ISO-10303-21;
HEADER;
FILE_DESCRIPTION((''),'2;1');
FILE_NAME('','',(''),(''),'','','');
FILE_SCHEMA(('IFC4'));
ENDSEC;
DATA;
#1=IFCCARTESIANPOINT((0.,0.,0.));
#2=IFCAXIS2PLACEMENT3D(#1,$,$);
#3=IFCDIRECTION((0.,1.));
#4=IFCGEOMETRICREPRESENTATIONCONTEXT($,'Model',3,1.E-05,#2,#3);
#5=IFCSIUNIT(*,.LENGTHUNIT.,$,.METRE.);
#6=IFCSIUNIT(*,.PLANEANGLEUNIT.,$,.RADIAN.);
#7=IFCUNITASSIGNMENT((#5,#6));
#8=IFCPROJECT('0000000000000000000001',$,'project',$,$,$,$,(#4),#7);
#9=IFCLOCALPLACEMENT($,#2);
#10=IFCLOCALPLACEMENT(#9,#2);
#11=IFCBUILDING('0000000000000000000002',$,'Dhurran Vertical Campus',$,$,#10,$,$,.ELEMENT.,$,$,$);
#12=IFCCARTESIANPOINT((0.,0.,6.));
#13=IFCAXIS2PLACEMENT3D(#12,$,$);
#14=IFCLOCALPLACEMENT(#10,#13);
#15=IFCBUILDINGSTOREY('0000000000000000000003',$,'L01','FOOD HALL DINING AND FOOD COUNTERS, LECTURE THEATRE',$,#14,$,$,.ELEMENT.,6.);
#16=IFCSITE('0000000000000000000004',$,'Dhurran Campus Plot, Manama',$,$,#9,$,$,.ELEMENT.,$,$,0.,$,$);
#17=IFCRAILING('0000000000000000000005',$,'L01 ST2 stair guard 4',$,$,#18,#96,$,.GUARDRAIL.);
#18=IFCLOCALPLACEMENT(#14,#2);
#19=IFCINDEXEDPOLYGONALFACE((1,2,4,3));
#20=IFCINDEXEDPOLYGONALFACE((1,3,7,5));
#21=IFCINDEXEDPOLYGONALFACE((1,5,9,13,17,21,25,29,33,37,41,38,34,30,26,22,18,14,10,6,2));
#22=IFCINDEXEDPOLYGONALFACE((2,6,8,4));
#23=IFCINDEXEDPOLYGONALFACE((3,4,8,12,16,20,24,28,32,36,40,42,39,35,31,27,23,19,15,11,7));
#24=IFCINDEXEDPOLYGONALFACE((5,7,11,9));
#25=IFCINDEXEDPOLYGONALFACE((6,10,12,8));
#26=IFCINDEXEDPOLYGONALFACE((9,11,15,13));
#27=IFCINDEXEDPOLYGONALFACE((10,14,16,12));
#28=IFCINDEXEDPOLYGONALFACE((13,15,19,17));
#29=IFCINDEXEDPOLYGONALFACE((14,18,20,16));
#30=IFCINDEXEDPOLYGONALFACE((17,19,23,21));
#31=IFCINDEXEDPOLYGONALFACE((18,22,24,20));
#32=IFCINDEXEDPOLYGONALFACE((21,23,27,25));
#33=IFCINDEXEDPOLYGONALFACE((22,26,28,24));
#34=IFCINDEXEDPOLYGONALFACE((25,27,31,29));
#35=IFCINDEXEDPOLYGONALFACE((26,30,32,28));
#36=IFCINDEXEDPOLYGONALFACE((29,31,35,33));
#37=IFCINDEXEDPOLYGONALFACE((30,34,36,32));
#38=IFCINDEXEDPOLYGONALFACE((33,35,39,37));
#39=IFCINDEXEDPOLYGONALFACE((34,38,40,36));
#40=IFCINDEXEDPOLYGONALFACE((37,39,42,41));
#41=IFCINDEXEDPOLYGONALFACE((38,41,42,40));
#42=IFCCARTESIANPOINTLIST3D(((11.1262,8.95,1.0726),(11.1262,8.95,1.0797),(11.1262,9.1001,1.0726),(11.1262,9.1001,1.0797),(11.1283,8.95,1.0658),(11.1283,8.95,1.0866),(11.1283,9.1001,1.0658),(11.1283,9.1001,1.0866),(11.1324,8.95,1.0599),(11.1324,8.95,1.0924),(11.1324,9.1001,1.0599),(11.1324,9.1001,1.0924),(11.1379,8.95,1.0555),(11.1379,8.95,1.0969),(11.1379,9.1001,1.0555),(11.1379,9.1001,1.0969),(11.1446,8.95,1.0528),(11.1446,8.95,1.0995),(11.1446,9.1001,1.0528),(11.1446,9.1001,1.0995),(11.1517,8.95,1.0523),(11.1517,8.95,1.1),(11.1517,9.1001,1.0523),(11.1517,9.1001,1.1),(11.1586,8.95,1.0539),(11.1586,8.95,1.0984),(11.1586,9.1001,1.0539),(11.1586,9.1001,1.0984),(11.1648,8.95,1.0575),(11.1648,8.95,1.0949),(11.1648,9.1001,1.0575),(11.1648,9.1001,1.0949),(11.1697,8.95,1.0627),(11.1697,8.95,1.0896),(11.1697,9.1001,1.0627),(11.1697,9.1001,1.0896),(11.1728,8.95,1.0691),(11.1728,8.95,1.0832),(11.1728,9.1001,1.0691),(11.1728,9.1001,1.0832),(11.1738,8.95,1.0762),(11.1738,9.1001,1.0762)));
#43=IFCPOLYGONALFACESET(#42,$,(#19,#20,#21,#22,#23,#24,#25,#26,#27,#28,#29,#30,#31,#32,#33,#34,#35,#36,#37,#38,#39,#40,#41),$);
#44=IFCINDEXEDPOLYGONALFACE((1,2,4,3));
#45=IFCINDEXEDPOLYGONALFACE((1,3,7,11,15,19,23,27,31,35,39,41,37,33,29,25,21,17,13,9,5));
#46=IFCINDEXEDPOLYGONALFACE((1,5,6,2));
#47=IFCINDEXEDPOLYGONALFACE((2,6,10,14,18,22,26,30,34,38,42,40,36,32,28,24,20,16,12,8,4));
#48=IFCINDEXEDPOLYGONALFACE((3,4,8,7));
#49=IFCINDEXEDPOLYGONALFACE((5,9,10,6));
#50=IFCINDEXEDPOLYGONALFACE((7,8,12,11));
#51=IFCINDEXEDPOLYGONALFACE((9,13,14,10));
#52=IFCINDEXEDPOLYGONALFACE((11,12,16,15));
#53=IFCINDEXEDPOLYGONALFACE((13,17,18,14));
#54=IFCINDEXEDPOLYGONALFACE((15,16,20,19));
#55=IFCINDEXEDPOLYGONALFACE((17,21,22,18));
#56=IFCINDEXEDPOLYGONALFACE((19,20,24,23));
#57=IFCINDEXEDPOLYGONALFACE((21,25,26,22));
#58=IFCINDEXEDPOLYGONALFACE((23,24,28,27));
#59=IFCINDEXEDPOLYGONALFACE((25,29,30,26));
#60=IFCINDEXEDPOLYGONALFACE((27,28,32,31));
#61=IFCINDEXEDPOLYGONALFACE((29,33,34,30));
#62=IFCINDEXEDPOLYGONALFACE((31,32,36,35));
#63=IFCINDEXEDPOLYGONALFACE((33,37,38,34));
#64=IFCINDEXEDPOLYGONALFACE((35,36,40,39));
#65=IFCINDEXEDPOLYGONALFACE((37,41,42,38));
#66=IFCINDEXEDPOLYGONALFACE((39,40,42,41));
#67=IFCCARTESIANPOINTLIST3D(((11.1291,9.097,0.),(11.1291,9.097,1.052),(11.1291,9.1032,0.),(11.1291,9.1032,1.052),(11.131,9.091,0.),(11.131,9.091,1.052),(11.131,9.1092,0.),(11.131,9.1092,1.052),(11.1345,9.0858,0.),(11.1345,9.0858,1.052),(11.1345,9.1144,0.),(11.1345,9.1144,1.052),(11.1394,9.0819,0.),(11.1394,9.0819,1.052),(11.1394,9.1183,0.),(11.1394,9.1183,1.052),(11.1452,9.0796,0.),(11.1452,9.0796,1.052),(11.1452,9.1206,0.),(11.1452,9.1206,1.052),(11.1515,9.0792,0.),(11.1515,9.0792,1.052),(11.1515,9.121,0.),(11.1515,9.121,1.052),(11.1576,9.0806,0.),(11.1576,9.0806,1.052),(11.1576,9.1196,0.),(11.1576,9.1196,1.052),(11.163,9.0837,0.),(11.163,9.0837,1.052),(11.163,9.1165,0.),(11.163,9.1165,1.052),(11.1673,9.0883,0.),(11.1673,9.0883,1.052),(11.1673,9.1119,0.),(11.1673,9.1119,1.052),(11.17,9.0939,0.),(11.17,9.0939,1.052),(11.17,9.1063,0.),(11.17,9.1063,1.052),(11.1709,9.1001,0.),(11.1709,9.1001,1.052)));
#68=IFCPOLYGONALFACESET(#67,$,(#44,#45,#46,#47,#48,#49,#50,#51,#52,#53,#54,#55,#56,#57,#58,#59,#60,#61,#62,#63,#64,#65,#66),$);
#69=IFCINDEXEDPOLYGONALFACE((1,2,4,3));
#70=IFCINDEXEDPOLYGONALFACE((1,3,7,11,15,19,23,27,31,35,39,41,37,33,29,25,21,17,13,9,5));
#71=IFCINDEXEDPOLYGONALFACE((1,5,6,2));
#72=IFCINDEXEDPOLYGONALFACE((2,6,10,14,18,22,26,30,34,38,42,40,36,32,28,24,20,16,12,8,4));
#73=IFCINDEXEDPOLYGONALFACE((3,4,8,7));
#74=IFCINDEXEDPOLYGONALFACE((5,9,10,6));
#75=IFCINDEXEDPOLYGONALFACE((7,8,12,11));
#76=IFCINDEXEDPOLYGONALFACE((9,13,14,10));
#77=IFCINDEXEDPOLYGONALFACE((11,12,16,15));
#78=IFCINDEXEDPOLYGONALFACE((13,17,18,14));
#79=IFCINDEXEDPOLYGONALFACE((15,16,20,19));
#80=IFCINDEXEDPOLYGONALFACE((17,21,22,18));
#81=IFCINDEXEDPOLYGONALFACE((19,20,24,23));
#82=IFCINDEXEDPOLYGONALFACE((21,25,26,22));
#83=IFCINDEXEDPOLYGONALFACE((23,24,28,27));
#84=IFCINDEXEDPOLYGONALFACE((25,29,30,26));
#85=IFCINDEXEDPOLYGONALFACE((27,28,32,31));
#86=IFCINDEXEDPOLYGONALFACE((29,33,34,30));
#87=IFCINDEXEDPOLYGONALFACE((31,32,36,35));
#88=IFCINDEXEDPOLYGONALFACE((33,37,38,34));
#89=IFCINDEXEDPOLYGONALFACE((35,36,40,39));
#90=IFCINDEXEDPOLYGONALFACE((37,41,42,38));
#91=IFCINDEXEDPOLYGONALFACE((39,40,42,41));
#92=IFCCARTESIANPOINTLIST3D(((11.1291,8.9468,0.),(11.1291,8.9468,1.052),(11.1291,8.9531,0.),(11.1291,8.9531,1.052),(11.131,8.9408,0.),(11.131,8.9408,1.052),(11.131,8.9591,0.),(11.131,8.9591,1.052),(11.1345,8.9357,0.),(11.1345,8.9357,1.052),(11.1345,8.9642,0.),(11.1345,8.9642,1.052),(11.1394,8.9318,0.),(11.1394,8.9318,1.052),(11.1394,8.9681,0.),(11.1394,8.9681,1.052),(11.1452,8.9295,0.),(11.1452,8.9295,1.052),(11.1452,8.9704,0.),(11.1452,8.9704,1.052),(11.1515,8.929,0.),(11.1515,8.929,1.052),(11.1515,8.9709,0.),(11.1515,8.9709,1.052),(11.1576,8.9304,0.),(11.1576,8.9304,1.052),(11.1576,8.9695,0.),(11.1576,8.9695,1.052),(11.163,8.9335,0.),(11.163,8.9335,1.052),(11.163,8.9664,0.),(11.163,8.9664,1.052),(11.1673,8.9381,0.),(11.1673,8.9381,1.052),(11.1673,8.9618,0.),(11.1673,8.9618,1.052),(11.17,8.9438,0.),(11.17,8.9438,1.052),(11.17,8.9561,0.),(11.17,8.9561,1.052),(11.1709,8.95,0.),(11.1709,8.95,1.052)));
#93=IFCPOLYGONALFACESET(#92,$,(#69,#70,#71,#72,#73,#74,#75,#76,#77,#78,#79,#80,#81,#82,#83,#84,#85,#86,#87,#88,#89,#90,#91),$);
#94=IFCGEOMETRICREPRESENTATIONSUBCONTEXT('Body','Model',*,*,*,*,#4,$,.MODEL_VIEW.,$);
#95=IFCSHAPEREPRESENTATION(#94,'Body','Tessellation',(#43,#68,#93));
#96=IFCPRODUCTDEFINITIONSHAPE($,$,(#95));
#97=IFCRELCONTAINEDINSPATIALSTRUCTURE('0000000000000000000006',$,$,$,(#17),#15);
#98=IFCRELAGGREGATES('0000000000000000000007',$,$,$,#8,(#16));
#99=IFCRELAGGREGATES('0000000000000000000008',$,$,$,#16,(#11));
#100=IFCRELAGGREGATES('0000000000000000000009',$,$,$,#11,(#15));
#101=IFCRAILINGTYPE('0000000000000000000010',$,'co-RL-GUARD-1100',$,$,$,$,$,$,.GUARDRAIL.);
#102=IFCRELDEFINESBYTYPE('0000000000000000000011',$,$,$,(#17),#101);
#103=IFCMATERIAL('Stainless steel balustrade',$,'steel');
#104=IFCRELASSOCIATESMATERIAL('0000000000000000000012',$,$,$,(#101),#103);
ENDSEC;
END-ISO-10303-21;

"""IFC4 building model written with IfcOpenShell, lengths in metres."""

from ifc_helpers import new_model, si_unit, direction, frame, origin, origin_2d, place, context, subcontext, project, spatial, circle, extrude, material, type_object, element, save


model = new_model("IFC4")

# Units and contexts
model_context = context("Model", 3, precision=1e-05, world=origin(), true_north=direction((0.0, 1.0)))
body_context = subcontext(model_context, "Body", "Model", "MODEL_VIEW")
ifc_project = project(units=[si_unit("LENGTHUNIT", "METRE"), si_unit("PLANEANGLEUNIT", "RADIAN")], contexts=[model_context])

# Site, building, storey
site_placement = place(None, origin())
site = spatial("IfcSite", under=ifc_project, at=site_placement, Name="Dhurran Campus Plot, Manama", CompositionType="ELEMENT", RefElevation=0.0)
building_placement = place(site_placement, origin())
building = spatial("IfcBuilding", under=site, at=building_placement, Name="Dhurran Vertical Campus", CompositionType="ELEMENT")
storey_placement = place(building_placement, frame((0.0, 0.0, 6.0)))
storey = spatial("IfcBuildingStorey", under=building, at=storey_placement, Name="L01", Description="FOOD HALL DINING AND FOOD COUNTERS, LECTURE THEATRE", CompositionType="ELEMENT", Elevation=6.0)

# Railing
ifc_material_1 = material(Name="Stainless steel balustrade", Category="steel")
railing_type_1 = type_object("IfcRailingType", Name="co-RL-GUARD-1100", PredefinedType="GUARDRAIL", material=ifc_material_1)
railing_1_placement = place(storey_placement, frame((11.1499, 9.1001, 0.0)))
element("IfcRailing", 1, at=railing_1_placement, inside=storey, type_object=railing_type_1, Name="L01 ST2 stair guard 4", PredefinedType="GUARDRAIL", context=body_context, shape_type="SweptSolid", body=[
    extrude(circle(Radius=0.0239, at=origin_2d()), frame((0.0, 0.0, 1.0762), z_axis=(0.0, -1.0, 0.0), x_axis=(1.0, 0.0, 0.0)), (0.0, 0.0, 1.0), 0.1501),
    extrude(circle(Radius=0.021, at=origin_2d()), origin(), (0.0, 0.0, 1.0), 1.052),
    extrude(circle(Radius=0.021, at=origin_2d()), frame((0.0, -0.1501, 0.0)), (0.0, 0.0, 1.0), 1.052),
])

save(model, "model.ifc")
